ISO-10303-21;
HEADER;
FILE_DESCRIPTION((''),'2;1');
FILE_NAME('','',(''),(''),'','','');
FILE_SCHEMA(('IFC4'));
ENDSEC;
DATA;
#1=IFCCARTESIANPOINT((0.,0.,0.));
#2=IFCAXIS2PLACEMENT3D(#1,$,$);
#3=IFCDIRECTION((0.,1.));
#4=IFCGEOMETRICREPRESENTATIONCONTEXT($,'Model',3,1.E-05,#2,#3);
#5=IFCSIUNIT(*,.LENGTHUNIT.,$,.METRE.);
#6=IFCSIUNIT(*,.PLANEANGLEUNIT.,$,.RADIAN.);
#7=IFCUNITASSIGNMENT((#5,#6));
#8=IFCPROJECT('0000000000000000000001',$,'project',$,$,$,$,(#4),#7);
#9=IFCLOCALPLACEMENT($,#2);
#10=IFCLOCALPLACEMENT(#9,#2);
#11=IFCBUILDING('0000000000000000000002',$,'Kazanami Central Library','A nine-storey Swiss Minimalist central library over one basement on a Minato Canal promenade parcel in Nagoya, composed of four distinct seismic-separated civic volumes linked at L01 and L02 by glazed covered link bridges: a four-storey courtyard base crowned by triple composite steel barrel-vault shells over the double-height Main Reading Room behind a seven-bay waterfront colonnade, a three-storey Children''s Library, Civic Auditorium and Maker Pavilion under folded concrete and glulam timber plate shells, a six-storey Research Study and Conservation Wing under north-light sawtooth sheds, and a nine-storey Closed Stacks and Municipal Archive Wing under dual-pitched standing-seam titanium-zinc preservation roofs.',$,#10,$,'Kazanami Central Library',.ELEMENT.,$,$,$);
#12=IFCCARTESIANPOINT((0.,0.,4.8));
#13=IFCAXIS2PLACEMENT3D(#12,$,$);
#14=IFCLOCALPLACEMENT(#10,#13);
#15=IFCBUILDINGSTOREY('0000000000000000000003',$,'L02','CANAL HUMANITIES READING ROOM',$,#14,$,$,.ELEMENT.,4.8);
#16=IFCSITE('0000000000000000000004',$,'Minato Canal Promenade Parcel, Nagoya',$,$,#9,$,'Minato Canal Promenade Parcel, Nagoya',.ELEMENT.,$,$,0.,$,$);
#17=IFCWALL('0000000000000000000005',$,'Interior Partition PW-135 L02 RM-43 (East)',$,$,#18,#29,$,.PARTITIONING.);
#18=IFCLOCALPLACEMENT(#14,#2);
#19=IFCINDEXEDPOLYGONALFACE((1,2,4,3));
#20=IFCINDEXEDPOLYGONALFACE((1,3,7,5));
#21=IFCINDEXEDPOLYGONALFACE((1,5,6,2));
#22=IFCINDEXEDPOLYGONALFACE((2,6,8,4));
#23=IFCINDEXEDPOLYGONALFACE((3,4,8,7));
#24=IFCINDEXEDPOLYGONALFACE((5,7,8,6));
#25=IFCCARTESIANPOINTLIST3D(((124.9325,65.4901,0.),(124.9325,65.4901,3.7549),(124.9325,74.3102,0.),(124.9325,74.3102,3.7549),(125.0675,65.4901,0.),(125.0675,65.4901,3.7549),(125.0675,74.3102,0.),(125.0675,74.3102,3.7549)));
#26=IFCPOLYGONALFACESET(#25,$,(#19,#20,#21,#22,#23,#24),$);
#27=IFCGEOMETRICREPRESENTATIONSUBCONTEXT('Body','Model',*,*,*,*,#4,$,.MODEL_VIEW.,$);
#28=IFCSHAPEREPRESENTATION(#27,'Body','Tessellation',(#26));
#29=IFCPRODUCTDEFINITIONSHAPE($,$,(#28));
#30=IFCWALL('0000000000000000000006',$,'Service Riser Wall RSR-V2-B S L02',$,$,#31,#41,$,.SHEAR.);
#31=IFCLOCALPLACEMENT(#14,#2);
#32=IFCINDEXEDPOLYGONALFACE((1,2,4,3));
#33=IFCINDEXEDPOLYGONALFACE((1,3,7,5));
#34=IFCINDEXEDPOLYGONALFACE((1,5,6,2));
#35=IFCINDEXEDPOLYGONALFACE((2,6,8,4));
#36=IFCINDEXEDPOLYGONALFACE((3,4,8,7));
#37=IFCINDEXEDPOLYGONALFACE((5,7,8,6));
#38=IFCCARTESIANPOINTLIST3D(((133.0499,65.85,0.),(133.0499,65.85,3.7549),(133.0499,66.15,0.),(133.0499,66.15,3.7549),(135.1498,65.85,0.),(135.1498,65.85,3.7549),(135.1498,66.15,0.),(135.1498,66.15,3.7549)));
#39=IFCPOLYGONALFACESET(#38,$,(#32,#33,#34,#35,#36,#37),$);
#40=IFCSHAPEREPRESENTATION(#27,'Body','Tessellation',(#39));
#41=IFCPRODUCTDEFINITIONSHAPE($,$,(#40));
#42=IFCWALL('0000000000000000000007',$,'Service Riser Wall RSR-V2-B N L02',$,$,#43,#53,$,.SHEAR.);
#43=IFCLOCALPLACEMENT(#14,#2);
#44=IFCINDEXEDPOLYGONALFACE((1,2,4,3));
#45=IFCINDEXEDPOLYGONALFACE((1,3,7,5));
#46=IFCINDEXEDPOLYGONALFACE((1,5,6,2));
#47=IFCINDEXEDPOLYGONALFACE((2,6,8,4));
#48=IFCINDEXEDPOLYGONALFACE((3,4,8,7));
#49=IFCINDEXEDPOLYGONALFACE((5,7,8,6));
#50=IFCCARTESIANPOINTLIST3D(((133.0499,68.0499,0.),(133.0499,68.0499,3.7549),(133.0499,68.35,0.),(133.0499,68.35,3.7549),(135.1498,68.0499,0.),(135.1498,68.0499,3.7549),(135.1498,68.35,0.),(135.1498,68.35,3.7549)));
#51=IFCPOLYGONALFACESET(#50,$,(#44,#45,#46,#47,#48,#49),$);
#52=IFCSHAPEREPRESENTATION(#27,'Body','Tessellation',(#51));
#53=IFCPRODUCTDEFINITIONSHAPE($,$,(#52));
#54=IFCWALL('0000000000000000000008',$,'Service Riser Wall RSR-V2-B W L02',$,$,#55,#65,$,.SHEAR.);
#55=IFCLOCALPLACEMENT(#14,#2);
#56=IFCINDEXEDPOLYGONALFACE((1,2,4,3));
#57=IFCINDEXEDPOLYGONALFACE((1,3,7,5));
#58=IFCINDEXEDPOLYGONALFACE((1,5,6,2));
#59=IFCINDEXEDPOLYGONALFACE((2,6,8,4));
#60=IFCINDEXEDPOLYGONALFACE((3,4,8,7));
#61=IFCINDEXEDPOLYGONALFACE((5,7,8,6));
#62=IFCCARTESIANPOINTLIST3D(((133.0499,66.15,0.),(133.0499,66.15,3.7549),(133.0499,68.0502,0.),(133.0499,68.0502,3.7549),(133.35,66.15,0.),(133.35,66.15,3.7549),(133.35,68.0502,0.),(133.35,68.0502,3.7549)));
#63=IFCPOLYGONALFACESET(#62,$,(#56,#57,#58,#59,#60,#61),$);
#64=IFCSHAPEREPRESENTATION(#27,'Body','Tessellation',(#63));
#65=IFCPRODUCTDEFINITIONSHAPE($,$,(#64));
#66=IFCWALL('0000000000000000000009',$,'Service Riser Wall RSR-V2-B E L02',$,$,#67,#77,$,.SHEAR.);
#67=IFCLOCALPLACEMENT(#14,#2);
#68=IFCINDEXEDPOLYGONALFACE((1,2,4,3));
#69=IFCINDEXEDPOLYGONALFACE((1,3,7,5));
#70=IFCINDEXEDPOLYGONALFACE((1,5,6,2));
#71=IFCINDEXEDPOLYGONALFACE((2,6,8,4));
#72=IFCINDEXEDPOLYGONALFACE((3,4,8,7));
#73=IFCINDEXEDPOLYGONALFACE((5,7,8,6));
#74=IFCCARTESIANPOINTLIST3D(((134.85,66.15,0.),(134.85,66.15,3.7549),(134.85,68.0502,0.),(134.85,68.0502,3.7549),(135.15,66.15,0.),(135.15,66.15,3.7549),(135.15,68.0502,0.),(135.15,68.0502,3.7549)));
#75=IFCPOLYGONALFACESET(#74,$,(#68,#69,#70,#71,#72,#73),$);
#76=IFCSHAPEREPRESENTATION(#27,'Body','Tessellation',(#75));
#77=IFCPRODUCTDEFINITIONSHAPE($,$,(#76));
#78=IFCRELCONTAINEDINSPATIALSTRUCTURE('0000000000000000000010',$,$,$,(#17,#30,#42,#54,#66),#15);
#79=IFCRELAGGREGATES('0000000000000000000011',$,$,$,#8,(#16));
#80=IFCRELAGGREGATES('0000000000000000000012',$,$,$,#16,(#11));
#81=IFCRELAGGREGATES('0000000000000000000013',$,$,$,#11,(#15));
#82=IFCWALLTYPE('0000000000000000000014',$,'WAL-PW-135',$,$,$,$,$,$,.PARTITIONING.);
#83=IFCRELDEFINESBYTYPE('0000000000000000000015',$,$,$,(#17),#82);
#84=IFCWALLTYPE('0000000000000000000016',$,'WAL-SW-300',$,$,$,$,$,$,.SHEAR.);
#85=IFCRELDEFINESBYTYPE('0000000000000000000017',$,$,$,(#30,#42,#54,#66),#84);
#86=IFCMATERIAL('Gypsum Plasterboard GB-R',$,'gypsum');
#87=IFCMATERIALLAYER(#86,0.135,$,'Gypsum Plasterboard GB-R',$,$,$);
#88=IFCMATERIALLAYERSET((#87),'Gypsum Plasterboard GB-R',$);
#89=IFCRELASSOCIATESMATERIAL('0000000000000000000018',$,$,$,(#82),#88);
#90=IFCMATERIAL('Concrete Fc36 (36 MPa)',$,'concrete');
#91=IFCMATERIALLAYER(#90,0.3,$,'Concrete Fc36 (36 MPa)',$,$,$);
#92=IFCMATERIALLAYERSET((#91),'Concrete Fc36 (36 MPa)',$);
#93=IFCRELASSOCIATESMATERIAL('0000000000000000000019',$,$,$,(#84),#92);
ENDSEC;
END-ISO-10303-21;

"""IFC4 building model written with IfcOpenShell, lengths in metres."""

from ifc_helpers import new_model, si_unit, direction, frame, frame_2d, origin, place, context, subcontext, project, spatial, rectangle, extrude, material, layer, layer_set, type_object, element, save


model = new_model("IFC4")

# Units and contexts
model_context = context("Model", 3, precision=1e-05, world=origin(), true_north=direction((0.0, 1.0)))
body_context = subcontext(model_context, "Body", "Model", "MODEL_VIEW")
ifc_project = project(units=[si_unit("LENGTHUNIT", "METRE"), si_unit("PLANEANGLEUNIT", "RADIAN")], contexts=[model_context])

# Site, building, storey
site_placement = place(None, origin())
site = spatial("IfcSite", under=ifc_project, at=site_placement, Name="Minato Canal Promenade Parcel, Nagoya", LongName="Minato Canal Promenade Parcel, Nagoya", CompositionType="ELEMENT", RefElevation=0.0)
building_placement = place(site_placement, origin())
building = spatial("IfcBuilding", under=site, at=building_placement, Name="Kazanami Central Library", Description="A nine-storey Swiss Minimalist central library over one basement on a Minato Canal promenade parcel in Nagoya, composed of four distinct seismic-separated civic volumes linked at L01 and L02 by glazed covered link bridges: a four-storey courtyard base crowned by triple composite steel barrel-vault shells over the double-height Main Reading Room behind a seven-bay waterfront colonnade, a three-storey Children's Library, Civic Auditorium and Maker Pavilion under folded concrete and glulam timber plate shells, a six-storey Research Study and Conservation Wing under north-light sawtooth sheds, and a nine-storey Closed Stacks and Municipal Archive Wing under dual-pitched standing-seam titanium-zinc preservation roofs.", LongName="Kazanami Central Library", CompositionType="ELEMENT")
storey_placement = place(building_placement, frame((0.0, 0.0, 4.8)))
storey = spatial("IfcBuildingStorey", under=building, at=storey_placement, Name="L02", Description="CANAL HUMANITIES READING ROOM", CompositionType="ELEMENT", Elevation=4.8)

# Walls
ifc_material_1 = material(Name="Gypsum Plasterboard GB-R", Category="gypsum")
ifc_layer_1 = layer(ifc_material_1, 0.135, Name="Gypsum Plasterboard GB-R")
ifc_layer_set_1 = layer_set([ifc_layer_1], Name="Gypsum Plasterboard GB-R")
wall_type_1 = type_object("IfcWallType", Name="WAL-PW-135", PredefinedType="PARTITIONING", material=ifc_layer_set_1)
wall_1_placement = place(storey_placement, frame((125.0, 65.49, 0.0), z_axis=(0.0, 0.0, 1.0), x_axis=(0.0, 1.0, 0.0)))
element("IfcWall", 1, at=wall_1_placement, inside=storey, type_object=wall_type_1, Name="Interior Partition PW-135 L02 RM-43 (East)", PredefinedType="PARTITIONING", context=body_context, shape_type="SweptSolid", body=[
    extrude(rectangle(XDim=8.8201, YDim=0.135, at=frame_2d((4.4102, 0.0))), origin(), (0.0, 0.0, 1.0), 3.7549),
])
ifc_material_2 = material(Name="Concrete Fc36 (36 MPa)", Category="concrete")
ifc_layer_2 = layer(ifc_material_2, 0.3, Name="Concrete Fc36 (36 MPa)")
ifc_layer_set_2 = layer_set([ifc_layer_2], Name="Concrete Fc36 (36 MPa)")
wall_type_2 = type_object("IfcWallType", Name="WAL-SW-300", PredefinedType="SHEAR", material=ifc_layer_set_2)
for number, where, z_axis, x_axis, name in (
    (2, (133.05, 66.0, 0.0), (0.0, 0.0, 1.0), (1.0, 0.0, 0.0), "Service Riser Wall RSR-V2-B S L02"),
    (3, (133.05, 68.2, 0.0), (0.0, 0.0, 1.0), (1.0, 0.0, 0.0), "Service Riser Wall RSR-V2-B N L02"),
):
    element("IfcWall", number, at=place(storey_placement, frame(where, z_axis=z_axis, x_axis=x_axis)), inside=storey, type_object=wall_type_2, Name=name, PredefinedType="SHEAR", context=body_context, shape_type="SweptSolid", body=[
        extrude(rectangle(XDim=2.0999, YDim=0.3, at=frame_2d((1.0498, 0.0))), origin(), (0.0, 0.0, 1.0), 3.7549),
    ])
for number, where, z_axis, x_axis, name in (
    (4, (133.2, 66.1499, 0.0), (0.0, 0.0, 1.0), (0.0, 1.0, 0.0), "Service Riser Wall RSR-V2-B W L02"),
    (5, (135.0, 66.1499, 0.0), (0.0, 0.0, 1.0), (0.0, 1.0, 0.0), "Service Riser Wall RSR-V2-B E L02"),
):
    element("IfcWall", number, at=place(storey_placement, frame(where, z_axis=z_axis, x_axis=x_axis)), inside=storey, type_object=wall_type_2, Name=name, PredefinedType="SHEAR", context=body_context, shape_type="SweptSolid", body=[
        extrude(rectangle(XDim=1.9001, YDim=0.3, at=frame_2d((0.9502, 0.0))), origin(), (0.0, 0.0, 1.0), 3.7549),
    ])

save(model, "model.ifc")
